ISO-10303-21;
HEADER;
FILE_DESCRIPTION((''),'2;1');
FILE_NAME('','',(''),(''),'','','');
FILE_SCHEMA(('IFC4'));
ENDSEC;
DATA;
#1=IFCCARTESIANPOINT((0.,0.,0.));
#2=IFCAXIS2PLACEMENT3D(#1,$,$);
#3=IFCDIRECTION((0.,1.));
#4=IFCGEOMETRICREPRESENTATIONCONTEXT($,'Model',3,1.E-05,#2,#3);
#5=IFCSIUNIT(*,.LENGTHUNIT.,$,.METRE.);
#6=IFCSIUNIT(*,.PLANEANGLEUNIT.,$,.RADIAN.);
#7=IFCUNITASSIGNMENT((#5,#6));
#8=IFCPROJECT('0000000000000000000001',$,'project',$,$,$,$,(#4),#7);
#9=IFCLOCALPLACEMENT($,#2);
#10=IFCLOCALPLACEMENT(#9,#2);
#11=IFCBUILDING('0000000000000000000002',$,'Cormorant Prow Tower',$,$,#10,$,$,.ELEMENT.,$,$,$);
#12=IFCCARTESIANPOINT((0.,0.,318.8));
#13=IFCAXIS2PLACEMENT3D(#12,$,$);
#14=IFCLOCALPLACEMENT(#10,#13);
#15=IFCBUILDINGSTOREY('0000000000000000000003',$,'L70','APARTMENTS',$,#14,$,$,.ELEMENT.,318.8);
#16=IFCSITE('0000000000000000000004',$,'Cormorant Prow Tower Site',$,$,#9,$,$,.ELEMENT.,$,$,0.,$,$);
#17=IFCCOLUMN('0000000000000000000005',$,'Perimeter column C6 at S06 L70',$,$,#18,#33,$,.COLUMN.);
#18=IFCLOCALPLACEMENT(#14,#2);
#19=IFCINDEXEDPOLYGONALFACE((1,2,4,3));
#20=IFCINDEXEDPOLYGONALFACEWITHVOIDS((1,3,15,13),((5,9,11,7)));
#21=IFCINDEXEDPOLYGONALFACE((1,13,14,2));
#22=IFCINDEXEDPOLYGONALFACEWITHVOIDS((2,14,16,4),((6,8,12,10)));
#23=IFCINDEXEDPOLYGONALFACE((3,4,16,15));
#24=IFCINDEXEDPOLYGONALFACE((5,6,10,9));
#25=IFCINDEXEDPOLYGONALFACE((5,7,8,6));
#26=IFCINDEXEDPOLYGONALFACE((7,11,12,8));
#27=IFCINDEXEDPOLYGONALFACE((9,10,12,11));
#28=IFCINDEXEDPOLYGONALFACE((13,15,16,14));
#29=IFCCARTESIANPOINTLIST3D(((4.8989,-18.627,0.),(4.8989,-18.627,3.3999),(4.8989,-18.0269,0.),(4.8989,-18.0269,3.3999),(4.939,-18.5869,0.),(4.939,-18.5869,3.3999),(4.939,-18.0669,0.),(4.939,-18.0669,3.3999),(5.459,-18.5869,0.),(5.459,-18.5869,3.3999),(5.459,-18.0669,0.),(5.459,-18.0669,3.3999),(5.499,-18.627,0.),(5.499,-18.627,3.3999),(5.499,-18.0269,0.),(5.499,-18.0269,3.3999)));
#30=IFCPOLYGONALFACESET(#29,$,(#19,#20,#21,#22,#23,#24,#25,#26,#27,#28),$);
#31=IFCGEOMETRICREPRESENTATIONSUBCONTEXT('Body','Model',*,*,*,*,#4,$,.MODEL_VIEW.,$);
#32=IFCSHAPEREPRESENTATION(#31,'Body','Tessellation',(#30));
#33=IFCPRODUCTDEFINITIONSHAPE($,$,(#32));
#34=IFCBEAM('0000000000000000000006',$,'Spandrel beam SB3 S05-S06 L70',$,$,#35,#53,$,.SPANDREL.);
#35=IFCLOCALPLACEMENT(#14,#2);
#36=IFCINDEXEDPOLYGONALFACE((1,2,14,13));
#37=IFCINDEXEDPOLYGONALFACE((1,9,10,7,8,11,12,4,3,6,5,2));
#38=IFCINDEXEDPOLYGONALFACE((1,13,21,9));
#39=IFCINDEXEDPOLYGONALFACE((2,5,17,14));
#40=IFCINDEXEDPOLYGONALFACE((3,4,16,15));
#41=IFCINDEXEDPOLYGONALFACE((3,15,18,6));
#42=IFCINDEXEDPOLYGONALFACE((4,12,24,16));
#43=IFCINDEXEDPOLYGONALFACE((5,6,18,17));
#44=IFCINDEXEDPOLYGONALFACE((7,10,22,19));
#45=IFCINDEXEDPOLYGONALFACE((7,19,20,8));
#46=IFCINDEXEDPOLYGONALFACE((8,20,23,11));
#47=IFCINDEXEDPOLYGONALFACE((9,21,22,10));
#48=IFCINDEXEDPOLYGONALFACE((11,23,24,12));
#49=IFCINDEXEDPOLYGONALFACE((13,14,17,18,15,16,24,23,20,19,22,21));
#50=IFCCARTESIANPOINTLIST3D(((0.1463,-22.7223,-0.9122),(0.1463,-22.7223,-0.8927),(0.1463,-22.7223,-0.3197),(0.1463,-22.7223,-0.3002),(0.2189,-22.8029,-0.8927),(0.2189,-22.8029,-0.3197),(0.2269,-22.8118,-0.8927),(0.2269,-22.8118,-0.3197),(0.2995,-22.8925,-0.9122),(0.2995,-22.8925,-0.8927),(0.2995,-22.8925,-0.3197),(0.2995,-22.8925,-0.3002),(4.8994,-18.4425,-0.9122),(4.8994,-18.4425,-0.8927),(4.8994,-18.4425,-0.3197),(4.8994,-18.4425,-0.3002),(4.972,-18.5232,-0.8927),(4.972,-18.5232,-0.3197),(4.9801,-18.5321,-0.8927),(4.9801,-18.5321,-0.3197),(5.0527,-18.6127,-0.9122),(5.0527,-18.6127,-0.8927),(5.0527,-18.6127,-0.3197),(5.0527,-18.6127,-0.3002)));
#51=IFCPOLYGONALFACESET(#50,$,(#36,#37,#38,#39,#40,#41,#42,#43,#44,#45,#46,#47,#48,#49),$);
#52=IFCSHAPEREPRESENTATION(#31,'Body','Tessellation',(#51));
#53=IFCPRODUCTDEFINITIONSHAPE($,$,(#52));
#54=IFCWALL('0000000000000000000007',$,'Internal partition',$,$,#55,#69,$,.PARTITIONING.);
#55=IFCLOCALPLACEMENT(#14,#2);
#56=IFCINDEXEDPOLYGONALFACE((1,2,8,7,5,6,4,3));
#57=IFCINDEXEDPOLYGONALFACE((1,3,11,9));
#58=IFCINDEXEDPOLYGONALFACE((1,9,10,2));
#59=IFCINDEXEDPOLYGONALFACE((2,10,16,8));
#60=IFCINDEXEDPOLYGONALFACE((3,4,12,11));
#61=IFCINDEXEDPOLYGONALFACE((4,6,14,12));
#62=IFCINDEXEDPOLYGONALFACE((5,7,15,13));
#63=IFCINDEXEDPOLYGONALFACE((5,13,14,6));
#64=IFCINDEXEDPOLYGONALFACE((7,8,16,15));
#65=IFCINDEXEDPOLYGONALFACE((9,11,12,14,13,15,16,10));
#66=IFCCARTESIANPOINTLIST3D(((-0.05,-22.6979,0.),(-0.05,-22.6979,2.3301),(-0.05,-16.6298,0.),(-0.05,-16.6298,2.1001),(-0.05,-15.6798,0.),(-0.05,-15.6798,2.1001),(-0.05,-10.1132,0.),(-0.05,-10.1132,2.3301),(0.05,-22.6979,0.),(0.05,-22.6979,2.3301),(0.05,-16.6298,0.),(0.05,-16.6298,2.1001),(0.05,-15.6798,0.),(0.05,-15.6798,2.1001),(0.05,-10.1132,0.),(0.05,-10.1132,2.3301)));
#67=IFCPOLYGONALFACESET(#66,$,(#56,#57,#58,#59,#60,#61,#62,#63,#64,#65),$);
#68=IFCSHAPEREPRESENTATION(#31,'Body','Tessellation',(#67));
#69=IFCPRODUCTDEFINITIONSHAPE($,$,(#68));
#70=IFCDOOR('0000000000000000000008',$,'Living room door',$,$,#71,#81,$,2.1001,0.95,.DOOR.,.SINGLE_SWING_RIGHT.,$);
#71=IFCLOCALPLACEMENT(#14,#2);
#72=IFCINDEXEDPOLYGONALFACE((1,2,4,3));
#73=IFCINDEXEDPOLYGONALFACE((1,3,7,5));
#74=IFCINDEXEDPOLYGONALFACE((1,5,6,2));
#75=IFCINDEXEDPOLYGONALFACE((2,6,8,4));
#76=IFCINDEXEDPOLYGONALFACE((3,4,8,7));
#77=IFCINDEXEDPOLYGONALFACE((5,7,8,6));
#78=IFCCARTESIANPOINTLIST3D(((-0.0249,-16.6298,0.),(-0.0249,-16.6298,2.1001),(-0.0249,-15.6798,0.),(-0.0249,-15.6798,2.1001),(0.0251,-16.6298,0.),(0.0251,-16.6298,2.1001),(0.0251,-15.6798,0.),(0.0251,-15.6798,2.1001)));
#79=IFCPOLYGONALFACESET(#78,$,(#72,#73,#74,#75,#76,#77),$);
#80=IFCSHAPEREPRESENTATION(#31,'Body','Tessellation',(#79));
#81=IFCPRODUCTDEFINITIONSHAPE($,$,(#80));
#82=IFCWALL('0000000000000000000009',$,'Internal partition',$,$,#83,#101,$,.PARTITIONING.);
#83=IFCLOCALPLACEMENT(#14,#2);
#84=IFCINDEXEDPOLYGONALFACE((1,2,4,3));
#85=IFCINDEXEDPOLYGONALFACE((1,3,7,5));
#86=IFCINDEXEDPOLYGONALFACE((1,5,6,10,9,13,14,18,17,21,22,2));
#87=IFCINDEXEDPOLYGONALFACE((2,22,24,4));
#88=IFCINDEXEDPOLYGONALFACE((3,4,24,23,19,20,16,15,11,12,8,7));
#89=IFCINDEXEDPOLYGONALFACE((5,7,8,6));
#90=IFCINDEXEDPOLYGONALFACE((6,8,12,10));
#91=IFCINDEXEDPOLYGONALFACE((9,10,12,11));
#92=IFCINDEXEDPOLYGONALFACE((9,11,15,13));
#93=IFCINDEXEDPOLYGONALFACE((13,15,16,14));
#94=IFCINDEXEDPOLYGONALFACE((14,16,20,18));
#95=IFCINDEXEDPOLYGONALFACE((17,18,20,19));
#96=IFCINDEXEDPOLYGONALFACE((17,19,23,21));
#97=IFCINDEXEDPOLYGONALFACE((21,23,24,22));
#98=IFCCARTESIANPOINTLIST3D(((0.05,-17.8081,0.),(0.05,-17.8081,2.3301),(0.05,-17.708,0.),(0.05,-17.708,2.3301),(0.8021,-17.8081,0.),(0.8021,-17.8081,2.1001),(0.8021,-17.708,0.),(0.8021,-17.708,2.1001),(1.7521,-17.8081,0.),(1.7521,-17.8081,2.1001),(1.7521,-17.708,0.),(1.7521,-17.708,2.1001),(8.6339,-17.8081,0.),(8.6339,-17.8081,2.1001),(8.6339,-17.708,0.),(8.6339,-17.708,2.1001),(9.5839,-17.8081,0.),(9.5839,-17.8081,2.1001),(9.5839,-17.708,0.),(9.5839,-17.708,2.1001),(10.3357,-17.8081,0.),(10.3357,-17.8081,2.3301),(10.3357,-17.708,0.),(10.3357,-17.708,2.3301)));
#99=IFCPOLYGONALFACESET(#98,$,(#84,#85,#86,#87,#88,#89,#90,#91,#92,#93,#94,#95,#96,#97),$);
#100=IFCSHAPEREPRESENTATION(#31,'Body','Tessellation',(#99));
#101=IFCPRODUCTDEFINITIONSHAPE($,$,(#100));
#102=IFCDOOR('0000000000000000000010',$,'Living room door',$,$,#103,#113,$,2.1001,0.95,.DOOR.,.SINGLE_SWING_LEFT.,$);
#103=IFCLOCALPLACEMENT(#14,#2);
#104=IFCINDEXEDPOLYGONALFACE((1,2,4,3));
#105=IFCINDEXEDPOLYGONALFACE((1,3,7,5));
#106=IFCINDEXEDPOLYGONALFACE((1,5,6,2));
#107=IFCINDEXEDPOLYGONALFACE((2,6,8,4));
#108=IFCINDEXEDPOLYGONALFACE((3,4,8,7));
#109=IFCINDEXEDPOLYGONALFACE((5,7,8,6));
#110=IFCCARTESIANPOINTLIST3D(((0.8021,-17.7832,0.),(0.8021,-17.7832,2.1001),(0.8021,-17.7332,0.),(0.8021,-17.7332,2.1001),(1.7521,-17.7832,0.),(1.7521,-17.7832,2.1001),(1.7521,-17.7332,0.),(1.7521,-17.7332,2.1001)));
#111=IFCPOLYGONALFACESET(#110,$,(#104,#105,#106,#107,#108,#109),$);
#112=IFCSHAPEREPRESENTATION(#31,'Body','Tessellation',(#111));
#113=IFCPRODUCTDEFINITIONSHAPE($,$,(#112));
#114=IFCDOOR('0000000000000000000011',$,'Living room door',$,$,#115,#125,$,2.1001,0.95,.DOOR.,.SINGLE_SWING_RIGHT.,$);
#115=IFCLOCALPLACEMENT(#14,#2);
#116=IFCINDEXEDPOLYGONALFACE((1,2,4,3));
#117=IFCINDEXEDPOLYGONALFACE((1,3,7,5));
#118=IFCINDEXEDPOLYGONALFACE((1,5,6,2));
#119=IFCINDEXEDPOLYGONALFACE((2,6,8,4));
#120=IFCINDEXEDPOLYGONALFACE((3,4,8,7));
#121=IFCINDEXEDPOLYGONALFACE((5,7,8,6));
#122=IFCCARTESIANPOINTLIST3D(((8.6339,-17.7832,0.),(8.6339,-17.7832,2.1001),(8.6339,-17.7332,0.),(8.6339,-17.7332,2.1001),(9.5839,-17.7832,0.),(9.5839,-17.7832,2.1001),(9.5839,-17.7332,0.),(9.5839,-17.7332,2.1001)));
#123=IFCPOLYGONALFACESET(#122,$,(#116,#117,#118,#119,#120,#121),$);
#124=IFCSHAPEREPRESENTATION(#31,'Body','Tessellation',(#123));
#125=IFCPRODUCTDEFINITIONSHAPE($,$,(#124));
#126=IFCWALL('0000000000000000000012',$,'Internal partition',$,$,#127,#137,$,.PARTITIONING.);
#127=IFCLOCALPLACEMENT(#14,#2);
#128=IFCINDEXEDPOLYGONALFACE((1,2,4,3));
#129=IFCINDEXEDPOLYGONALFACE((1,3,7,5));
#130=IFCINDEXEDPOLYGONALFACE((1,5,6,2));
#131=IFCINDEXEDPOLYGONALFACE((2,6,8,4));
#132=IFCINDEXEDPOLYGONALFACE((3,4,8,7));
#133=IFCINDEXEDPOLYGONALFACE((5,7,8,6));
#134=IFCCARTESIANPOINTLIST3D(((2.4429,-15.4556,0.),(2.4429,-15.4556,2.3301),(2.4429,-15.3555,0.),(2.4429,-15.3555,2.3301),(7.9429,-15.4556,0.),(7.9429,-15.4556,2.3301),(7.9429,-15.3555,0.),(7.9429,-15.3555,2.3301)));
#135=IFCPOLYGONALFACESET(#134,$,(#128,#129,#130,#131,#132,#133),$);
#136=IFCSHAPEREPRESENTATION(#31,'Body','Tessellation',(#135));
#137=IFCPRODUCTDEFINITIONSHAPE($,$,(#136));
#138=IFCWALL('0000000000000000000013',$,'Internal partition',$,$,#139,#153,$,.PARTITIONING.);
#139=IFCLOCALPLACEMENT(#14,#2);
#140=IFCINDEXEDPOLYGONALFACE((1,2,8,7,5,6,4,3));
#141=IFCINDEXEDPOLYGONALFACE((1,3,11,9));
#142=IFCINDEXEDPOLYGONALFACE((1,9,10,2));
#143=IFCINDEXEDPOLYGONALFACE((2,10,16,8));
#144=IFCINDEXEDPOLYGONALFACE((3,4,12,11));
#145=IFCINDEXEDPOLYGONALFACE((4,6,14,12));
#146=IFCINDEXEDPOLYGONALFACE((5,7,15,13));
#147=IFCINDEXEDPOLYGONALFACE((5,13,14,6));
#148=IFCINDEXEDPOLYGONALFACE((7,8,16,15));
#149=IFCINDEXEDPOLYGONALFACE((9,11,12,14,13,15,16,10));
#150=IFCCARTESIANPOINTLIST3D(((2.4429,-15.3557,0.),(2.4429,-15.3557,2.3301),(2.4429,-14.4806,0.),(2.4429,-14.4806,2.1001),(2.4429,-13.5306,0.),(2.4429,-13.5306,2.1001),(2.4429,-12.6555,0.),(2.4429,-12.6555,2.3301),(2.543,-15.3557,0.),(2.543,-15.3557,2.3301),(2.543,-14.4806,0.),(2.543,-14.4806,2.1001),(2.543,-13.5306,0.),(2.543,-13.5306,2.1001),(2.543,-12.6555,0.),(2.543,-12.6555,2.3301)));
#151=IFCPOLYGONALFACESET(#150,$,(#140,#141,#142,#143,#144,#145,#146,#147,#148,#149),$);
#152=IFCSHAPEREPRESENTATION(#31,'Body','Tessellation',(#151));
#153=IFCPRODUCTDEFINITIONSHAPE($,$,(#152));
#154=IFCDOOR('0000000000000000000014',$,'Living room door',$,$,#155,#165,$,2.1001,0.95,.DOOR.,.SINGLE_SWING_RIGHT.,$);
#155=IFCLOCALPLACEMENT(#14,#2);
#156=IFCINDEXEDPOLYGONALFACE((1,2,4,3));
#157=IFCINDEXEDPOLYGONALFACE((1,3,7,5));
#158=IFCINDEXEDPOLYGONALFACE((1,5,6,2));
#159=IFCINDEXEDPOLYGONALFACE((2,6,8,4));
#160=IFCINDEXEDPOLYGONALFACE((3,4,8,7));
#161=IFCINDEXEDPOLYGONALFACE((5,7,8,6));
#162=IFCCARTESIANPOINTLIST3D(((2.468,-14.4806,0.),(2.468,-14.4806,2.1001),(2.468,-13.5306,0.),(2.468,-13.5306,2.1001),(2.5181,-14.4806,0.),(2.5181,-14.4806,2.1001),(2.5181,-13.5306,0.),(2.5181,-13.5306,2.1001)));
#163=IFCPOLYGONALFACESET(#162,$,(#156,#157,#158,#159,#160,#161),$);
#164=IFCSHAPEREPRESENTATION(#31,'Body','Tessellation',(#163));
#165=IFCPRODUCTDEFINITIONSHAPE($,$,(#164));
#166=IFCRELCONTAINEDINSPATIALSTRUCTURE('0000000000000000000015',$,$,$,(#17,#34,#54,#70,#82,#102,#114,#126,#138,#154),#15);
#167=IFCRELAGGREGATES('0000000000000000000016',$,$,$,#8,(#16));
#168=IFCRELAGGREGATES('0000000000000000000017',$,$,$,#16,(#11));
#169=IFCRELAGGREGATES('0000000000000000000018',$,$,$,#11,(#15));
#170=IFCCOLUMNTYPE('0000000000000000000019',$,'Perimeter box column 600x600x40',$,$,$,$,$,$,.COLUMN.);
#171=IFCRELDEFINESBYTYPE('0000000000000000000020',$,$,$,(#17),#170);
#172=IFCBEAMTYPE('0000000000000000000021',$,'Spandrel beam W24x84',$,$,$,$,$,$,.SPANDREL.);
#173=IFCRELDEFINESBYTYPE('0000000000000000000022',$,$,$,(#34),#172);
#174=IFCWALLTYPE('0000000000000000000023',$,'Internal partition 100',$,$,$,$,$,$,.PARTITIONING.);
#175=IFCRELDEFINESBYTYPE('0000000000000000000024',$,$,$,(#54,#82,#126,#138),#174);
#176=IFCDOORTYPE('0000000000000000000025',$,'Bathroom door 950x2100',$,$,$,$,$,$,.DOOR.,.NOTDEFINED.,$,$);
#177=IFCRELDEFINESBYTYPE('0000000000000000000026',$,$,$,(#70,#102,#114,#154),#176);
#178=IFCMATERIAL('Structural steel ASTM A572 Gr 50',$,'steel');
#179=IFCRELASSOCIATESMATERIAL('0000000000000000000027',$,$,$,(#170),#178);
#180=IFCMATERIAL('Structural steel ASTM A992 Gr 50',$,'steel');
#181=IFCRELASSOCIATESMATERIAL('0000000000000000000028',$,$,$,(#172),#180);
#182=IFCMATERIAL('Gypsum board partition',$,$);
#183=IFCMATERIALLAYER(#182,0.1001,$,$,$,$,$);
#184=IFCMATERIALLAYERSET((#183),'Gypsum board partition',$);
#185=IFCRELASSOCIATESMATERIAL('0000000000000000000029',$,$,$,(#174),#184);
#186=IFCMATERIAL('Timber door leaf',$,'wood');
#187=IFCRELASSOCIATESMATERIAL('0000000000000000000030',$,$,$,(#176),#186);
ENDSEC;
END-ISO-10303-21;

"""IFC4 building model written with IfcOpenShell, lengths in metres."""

from ifc_helpers import new_model, si_unit, direction, frame, frame_2d, origin, origin_2d, place, context, subcontext, project, spatial, rectangle, hollow_rectangle, i_section, extrude, material, layer, layer_set, material_profile, profile_set, type_object, element, fill, save


model = new_model("IFC4")

# Units and contexts
model_context = context("Model", 3, precision=1e-05, world=origin(), true_north=direction((0.0, 1.0)))
body_context = subcontext(model_context, "Body", "Model", "MODEL_VIEW")
ifc_project = project(units=[si_unit("LENGTHUNIT", "METRE"), si_unit("PLANEANGLEUNIT", "RADIAN")], contexts=[model_context])

# Site, building, storey
site_placement = place(None, origin())
site = spatial("IfcSite", under=ifc_project, at=site_placement, Name="Cormorant Prow Tower Site", CompositionType="ELEMENT", RefElevation=0.0)
building_placement = place(site_placement, origin())
building = spatial("IfcBuilding", under=site, at=building_placement, Name="Cormorant Prow Tower", CompositionType="ELEMENT")
storey_placement = place(building_placement, frame((0.0, 0.0, 318.8)))
storey = spatial("IfcBuildingStorey", under=building, at=storey_placement, Name="L70", Description="APARTMENTS", CompositionType="ELEMENT", Elevation=318.8)

# Column
ifc_material_1 = material(Name="Structural steel ASTM A572 Gr 50", Category="steel")
ifc_material_profile_1 = material_profile(ifc_material_1, hollow_rectangle(XDim=0.6001, YDim=0.6001, WallThickness=0.04, at=origin_2d()), Name="Box 600x600x40")
ifc_profile_set_1 = profile_set([ifc_material_profile_1], Name="Structural steel ASTM A572 Gr 50")
column_type = type_object("IfcColumnType", Name="Perimeter box column 600x600x40", PredefinedType="COLUMN", material=ifc_profile_set_1)
column_placement = place(storey_placement, frame((5.199, -18.3269, 0.0), z_axis=(0.0, 0.0, 1.0), x_axis=(1.0, 0.0, 0.0)))
element("IfcColumn", 1, at=column_placement, inside=storey, type_object=column_type, Name="Perimeter column C6 at S06 L70", PredefinedType="COLUMN", context=body_context, shape_type="SweptSolid", body=[
    extrude(hollow_rectangle(XDim=0.6001, YDim=0.6001, WallThickness=0.04, at=origin_2d()), origin(), (0.0, 0.0, 1.0), 3.3999),
])

# Beam
ifc_material_2 = material(Name="Structural steel ASTM A992 Gr 50", Category="steel")
ifc_material_profile_2 = material_profile(ifc_material_2, i_section(OverallWidth=0.229, OverallDepth=0.6121, WebThickness=0.012, FlangeThickness=0.0195, at=origin_2d()), Name="W24x84")
ifc_profile_set_2 = profile_set([ifc_material_profile_2], Name="Structural steel ASTM A992 Gr 50")
beam_type = type_object("IfcBeamType", Name="Spandrel beam W24x84", PredefinedType="SPANDREL", material=ifc_profile_set_2)
beam_placement = place(storey_placement, frame((0.2229, -22.8074, -0.6062), z_axis=(0.743144, 0.669131, 0.0), x_axis=(-0.669131, 0.743144, 0.0)))
element("IfcBeam", 2, at=beam_placement, inside=storey, type_object=beam_type, Name="Spandrel beam SB3 S05-S06 L70", PredefinedType="SPANDREL", context=body_context, shape_type="SweptSolid", body=[
    extrude(i_section(OverallWidth=0.229, OverallDepth=0.6121, WebThickness=0.012, FlangeThickness=0.0195, at=origin_2d()), origin(), (0.0, 0.0, 1.0), 6.396),
])

# Wall, opening, door
ifc_material_3 = material(Name="Gypsum board partition")
ifc_layer_1 = layer(ifc_material_3, 0.1001)
ifc_layer_set_1 = layer_set([ifc_layer_1], Name="Gypsum board partition")
wall_type_1 = type_object("IfcWallType", Name="Internal partition 100", PredefinedType="PARTITIONING", material=ifc_layer_set_1)
wall_1_placement = place(storey_placement, frame((0.0, -22.698, 0.0), z_axis=(0.0, 0.0, 1.0), x_axis=(0.0, 1.0, 0.0)))
wall_1 = element("IfcWall", 3, at=wall_1_placement, inside=storey, type_object=wall_type_1, Name="Internal partition", PredefinedType="PARTITIONING", context=body_context, shape_type="SweptSolid", body=[
    extrude(rectangle(XDim=12.5847, YDim=0.1001, at=frame_2d((6.2925, 0.0))), origin(), (0.0, 0.0, 1.0), 2.3301),
])
opening_1_placement = place(wall_1_placement, frame((6.0681, 0.0, 0.0)))
opening_1 = element("IfcOpeningElement", 4, at=opening_1_placement, cuts=wall_1, PredefinedType="OPENING", context=body_context, shape_type="SweptSolid", body=[
    extrude(rectangle(XDim=0.95, YDim=2.1001, at=frame_2d((0.4751, 1.05))), frame((0.0, 0.0601, 0.0), z_axis=(0.0, -1.0, 0.0), x_axis=(1.0, 0.0, 0.0)), (0.0, 0.0, 1.0), 0.1201),
])
ifc_material_4 = material(Name="Timber door leaf", Category="wood")
door_type_1 = type_object("IfcDoorType", Name="Bathroom door 950x2100", OperationType="NOTDEFINED", PredefinedType="DOOR", material=ifc_material_4)
door_1_placement = place(opening_1_placement, origin())
door_1 = element("IfcDoor", 5, at=door_1_placement, inside=storey, type_object=door_type_1, Name="Living room door", OperationType="SINGLE_SWING_RIGHT", OverallHeight=2.1001, OverallWidth=0.95, PredefinedType="DOOR", context=body_context, shape_type="SweptSolid", body=[
    extrude(rectangle(XDim=0.95, YDim=2.1001, at=frame_2d((0.4751, 1.05))), frame((0.0, 0.0249, 0.0), z_axis=(0.0, -1.0, 0.0), x_axis=(1.0, 0.0, 0.0)), (0.0, 0.0, 1.0), 0.05),
])
fill(opening_1, door_1)

# Wall, openings, doors
wall_2_placement = place(storey_placement, frame((0.05, -17.7581, 0.0), z_axis=(0.0, 0.0, 1.0), x_axis=(1.0, 0.0, 0.0)))
wall_2 = element("IfcWall", 6, at=wall_2_placement, inside=storey, type_object=wall_type_1, Name="Internal partition", PredefinedType="PARTITIONING", context=body_context, shape_type="SweptSolid", body=[
    extrude(rectangle(XDim=10.2856, YDim=0.1001, at=frame_2d((5.1428, 0.0))), origin(), (0.0, 0.0, 1.0), 2.3301),
])
opening_2_placement = place(wall_2_placement, frame((0.752, 0.0, 0.0)))
opening_2 = element("IfcOpeningElement", 7, at=opening_2_placement, cuts=wall_2, PredefinedType="OPENING", context=body_context, shape_type="SweptSolid", body=[
    extrude(rectangle(XDim=0.95, YDim=2.1001, at=frame_2d((0.4751, 1.05))), frame((0.0, 0.0601, 0.0), z_axis=(0.0, -1.0, 0.0), x_axis=(1.0, 0.0, 0.0)), (0.0, 0.0, 1.0), 0.1201),
])
opening_3_placement = place(wall_2_placement, frame((8.5837, 0.0, 0.0)))
opening_3 = element("IfcOpeningElement", 8, at=opening_3_placement, cuts=wall_2, PredefinedType="OPENING", context=body_context, shape_type="SweptSolid", body=[
    extrude(rectangle(XDim=0.95, YDim=2.1001, at=frame_2d((0.4751, 1.05))), frame((0.0, 0.0601, 0.0), z_axis=(0.0, -1.0, 0.0), x_axis=(1.0, 0.0, 0.0)), (0.0, 0.0, 1.0), 0.1201),
])
door_2_placement = place(opening_2_placement, origin())
door_2 = element("IfcDoor", 9, at=door_2_placement, inside=storey, type_object=door_type_1, Name="Living room door", OperationType="SINGLE_SWING_LEFT", OverallHeight=2.1001, OverallWidth=0.95, PredefinedType="DOOR", context=body_context, shape_type="SweptSolid", body=[
    extrude(rectangle(XDim=0.95, YDim=2.1001, at=frame_2d((0.4751, 1.05))), frame((0.0, 0.0249, 0.0), z_axis=(0.0, -1.0, 0.0), x_axis=(1.0, 0.0, 0.0)), (0.0, 0.0, 1.0), 0.05),
])
fill(opening_2, door_2)
door_3_placement = place(opening_3_placement, origin())
door_3 = element("IfcDoor", 10, at=door_3_placement, inside=storey, type_object=door_type_1, Name="Living room door", OperationType="SINGLE_SWING_RIGHT", OverallHeight=2.1001, OverallWidth=0.95, PredefinedType="DOOR", context=body_context, shape_type="SweptSolid", body=[
    extrude(rectangle(XDim=0.95, YDim=2.1001, at=frame_2d((0.4751, 1.05))), frame((0.0, 0.0249, 0.0), z_axis=(0.0, -1.0, 0.0), x_axis=(1.0, 0.0, 0.0)), (0.0, 0.0, 1.0), 0.05),
])
fill(opening_3, door_3)

# Wall
wall_3_placement = place(storey_placement, frame((2.4429, -15.4055, 0.0), z_axis=(0.0, 0.0, 1.0), x_axis=(1.0, 0.0, 0.0)))
element("IfcWall", 11, at=wall_3_placement, inside=storey, type_object=wall_type_1, Name="Internal partition", PredefinedType="PARTITIONING", context=body_context, shape_type="SweptSolid", body=[
    extrude(rectangle(XDim=5.5, YDim=0.1001, at=frame_2d((2.75, 0.0))), origin(), (0.0, 0.0, 1.0), 2.3301),
])

# Wall, opening, door
wall_4_placement = place(storey_placement, frame((2.4929, -15.3557, 0.0), z_axis=(0.0, 0.0, 1.0), x_axis=(0.0, 1.0, 0.0)))
wall_4 = element("IfcWall", 12, at=wall_4_placement, inside=storey, type_object=wall_type_1, Name="Internal partition", PredefinedType="PARTITIONING", context=body_context, shape_type="SweptSolid", body=[
    extrude(rectangle(XDim=2.7002, YDim=0.1001, at=frame_2d((1.3501, 0.0))), origin(), (0.0, 0.0, 1.0), 2.3301),
])
opening_4_placement = place(wall_4_placement, frame((0.875, 0.0, 0.0)))
opening_4 = element("IfcOpeningElement", 13, at=opening_4_placement, cuts=wall_4, PredefinedType="OPENING", context=body_context, shape_type="SweptSolid", body=[
    extrude(rectangle(XDim=0.95, YDim=2.1001, at=frame_2d((0.4751, 1.05))), frame((0.0, 0.0601, 0.0), z_axis=(0.0, -1.0, 0.0), x_axis=(1.0, 0.0, 0.0)), (0.0, 0.0, 1.0), 0.1201),
])
door_4_placement = place(opening_4_placement, origin())
door_4 = element("IfcDoor", 14, at=door_4_placement, inside=storey, type_object=door_type_1, Name="Living room door", OperationType="SINGLE_SWING_RIGHT", OverallHeight=2.1001, OverallWidth=0.95, PredefinedType="DOOR", context=body_context, shape_type="SweptSolid", body=[
    extrude(rectangle(XDim=0.95, YDim=2.1001, at=frame_2d((0.4751, 1.05))), frame((0.0, 0.0249, 0.0), z_axis=(0.0, -1.0, 0.0), x_axis=(1.0, 0.0, 0.0)), (0.0, 0.0, 1.0), 0.05),
])
fill(opening_4, door_4)

save(model, "model.ifc")
